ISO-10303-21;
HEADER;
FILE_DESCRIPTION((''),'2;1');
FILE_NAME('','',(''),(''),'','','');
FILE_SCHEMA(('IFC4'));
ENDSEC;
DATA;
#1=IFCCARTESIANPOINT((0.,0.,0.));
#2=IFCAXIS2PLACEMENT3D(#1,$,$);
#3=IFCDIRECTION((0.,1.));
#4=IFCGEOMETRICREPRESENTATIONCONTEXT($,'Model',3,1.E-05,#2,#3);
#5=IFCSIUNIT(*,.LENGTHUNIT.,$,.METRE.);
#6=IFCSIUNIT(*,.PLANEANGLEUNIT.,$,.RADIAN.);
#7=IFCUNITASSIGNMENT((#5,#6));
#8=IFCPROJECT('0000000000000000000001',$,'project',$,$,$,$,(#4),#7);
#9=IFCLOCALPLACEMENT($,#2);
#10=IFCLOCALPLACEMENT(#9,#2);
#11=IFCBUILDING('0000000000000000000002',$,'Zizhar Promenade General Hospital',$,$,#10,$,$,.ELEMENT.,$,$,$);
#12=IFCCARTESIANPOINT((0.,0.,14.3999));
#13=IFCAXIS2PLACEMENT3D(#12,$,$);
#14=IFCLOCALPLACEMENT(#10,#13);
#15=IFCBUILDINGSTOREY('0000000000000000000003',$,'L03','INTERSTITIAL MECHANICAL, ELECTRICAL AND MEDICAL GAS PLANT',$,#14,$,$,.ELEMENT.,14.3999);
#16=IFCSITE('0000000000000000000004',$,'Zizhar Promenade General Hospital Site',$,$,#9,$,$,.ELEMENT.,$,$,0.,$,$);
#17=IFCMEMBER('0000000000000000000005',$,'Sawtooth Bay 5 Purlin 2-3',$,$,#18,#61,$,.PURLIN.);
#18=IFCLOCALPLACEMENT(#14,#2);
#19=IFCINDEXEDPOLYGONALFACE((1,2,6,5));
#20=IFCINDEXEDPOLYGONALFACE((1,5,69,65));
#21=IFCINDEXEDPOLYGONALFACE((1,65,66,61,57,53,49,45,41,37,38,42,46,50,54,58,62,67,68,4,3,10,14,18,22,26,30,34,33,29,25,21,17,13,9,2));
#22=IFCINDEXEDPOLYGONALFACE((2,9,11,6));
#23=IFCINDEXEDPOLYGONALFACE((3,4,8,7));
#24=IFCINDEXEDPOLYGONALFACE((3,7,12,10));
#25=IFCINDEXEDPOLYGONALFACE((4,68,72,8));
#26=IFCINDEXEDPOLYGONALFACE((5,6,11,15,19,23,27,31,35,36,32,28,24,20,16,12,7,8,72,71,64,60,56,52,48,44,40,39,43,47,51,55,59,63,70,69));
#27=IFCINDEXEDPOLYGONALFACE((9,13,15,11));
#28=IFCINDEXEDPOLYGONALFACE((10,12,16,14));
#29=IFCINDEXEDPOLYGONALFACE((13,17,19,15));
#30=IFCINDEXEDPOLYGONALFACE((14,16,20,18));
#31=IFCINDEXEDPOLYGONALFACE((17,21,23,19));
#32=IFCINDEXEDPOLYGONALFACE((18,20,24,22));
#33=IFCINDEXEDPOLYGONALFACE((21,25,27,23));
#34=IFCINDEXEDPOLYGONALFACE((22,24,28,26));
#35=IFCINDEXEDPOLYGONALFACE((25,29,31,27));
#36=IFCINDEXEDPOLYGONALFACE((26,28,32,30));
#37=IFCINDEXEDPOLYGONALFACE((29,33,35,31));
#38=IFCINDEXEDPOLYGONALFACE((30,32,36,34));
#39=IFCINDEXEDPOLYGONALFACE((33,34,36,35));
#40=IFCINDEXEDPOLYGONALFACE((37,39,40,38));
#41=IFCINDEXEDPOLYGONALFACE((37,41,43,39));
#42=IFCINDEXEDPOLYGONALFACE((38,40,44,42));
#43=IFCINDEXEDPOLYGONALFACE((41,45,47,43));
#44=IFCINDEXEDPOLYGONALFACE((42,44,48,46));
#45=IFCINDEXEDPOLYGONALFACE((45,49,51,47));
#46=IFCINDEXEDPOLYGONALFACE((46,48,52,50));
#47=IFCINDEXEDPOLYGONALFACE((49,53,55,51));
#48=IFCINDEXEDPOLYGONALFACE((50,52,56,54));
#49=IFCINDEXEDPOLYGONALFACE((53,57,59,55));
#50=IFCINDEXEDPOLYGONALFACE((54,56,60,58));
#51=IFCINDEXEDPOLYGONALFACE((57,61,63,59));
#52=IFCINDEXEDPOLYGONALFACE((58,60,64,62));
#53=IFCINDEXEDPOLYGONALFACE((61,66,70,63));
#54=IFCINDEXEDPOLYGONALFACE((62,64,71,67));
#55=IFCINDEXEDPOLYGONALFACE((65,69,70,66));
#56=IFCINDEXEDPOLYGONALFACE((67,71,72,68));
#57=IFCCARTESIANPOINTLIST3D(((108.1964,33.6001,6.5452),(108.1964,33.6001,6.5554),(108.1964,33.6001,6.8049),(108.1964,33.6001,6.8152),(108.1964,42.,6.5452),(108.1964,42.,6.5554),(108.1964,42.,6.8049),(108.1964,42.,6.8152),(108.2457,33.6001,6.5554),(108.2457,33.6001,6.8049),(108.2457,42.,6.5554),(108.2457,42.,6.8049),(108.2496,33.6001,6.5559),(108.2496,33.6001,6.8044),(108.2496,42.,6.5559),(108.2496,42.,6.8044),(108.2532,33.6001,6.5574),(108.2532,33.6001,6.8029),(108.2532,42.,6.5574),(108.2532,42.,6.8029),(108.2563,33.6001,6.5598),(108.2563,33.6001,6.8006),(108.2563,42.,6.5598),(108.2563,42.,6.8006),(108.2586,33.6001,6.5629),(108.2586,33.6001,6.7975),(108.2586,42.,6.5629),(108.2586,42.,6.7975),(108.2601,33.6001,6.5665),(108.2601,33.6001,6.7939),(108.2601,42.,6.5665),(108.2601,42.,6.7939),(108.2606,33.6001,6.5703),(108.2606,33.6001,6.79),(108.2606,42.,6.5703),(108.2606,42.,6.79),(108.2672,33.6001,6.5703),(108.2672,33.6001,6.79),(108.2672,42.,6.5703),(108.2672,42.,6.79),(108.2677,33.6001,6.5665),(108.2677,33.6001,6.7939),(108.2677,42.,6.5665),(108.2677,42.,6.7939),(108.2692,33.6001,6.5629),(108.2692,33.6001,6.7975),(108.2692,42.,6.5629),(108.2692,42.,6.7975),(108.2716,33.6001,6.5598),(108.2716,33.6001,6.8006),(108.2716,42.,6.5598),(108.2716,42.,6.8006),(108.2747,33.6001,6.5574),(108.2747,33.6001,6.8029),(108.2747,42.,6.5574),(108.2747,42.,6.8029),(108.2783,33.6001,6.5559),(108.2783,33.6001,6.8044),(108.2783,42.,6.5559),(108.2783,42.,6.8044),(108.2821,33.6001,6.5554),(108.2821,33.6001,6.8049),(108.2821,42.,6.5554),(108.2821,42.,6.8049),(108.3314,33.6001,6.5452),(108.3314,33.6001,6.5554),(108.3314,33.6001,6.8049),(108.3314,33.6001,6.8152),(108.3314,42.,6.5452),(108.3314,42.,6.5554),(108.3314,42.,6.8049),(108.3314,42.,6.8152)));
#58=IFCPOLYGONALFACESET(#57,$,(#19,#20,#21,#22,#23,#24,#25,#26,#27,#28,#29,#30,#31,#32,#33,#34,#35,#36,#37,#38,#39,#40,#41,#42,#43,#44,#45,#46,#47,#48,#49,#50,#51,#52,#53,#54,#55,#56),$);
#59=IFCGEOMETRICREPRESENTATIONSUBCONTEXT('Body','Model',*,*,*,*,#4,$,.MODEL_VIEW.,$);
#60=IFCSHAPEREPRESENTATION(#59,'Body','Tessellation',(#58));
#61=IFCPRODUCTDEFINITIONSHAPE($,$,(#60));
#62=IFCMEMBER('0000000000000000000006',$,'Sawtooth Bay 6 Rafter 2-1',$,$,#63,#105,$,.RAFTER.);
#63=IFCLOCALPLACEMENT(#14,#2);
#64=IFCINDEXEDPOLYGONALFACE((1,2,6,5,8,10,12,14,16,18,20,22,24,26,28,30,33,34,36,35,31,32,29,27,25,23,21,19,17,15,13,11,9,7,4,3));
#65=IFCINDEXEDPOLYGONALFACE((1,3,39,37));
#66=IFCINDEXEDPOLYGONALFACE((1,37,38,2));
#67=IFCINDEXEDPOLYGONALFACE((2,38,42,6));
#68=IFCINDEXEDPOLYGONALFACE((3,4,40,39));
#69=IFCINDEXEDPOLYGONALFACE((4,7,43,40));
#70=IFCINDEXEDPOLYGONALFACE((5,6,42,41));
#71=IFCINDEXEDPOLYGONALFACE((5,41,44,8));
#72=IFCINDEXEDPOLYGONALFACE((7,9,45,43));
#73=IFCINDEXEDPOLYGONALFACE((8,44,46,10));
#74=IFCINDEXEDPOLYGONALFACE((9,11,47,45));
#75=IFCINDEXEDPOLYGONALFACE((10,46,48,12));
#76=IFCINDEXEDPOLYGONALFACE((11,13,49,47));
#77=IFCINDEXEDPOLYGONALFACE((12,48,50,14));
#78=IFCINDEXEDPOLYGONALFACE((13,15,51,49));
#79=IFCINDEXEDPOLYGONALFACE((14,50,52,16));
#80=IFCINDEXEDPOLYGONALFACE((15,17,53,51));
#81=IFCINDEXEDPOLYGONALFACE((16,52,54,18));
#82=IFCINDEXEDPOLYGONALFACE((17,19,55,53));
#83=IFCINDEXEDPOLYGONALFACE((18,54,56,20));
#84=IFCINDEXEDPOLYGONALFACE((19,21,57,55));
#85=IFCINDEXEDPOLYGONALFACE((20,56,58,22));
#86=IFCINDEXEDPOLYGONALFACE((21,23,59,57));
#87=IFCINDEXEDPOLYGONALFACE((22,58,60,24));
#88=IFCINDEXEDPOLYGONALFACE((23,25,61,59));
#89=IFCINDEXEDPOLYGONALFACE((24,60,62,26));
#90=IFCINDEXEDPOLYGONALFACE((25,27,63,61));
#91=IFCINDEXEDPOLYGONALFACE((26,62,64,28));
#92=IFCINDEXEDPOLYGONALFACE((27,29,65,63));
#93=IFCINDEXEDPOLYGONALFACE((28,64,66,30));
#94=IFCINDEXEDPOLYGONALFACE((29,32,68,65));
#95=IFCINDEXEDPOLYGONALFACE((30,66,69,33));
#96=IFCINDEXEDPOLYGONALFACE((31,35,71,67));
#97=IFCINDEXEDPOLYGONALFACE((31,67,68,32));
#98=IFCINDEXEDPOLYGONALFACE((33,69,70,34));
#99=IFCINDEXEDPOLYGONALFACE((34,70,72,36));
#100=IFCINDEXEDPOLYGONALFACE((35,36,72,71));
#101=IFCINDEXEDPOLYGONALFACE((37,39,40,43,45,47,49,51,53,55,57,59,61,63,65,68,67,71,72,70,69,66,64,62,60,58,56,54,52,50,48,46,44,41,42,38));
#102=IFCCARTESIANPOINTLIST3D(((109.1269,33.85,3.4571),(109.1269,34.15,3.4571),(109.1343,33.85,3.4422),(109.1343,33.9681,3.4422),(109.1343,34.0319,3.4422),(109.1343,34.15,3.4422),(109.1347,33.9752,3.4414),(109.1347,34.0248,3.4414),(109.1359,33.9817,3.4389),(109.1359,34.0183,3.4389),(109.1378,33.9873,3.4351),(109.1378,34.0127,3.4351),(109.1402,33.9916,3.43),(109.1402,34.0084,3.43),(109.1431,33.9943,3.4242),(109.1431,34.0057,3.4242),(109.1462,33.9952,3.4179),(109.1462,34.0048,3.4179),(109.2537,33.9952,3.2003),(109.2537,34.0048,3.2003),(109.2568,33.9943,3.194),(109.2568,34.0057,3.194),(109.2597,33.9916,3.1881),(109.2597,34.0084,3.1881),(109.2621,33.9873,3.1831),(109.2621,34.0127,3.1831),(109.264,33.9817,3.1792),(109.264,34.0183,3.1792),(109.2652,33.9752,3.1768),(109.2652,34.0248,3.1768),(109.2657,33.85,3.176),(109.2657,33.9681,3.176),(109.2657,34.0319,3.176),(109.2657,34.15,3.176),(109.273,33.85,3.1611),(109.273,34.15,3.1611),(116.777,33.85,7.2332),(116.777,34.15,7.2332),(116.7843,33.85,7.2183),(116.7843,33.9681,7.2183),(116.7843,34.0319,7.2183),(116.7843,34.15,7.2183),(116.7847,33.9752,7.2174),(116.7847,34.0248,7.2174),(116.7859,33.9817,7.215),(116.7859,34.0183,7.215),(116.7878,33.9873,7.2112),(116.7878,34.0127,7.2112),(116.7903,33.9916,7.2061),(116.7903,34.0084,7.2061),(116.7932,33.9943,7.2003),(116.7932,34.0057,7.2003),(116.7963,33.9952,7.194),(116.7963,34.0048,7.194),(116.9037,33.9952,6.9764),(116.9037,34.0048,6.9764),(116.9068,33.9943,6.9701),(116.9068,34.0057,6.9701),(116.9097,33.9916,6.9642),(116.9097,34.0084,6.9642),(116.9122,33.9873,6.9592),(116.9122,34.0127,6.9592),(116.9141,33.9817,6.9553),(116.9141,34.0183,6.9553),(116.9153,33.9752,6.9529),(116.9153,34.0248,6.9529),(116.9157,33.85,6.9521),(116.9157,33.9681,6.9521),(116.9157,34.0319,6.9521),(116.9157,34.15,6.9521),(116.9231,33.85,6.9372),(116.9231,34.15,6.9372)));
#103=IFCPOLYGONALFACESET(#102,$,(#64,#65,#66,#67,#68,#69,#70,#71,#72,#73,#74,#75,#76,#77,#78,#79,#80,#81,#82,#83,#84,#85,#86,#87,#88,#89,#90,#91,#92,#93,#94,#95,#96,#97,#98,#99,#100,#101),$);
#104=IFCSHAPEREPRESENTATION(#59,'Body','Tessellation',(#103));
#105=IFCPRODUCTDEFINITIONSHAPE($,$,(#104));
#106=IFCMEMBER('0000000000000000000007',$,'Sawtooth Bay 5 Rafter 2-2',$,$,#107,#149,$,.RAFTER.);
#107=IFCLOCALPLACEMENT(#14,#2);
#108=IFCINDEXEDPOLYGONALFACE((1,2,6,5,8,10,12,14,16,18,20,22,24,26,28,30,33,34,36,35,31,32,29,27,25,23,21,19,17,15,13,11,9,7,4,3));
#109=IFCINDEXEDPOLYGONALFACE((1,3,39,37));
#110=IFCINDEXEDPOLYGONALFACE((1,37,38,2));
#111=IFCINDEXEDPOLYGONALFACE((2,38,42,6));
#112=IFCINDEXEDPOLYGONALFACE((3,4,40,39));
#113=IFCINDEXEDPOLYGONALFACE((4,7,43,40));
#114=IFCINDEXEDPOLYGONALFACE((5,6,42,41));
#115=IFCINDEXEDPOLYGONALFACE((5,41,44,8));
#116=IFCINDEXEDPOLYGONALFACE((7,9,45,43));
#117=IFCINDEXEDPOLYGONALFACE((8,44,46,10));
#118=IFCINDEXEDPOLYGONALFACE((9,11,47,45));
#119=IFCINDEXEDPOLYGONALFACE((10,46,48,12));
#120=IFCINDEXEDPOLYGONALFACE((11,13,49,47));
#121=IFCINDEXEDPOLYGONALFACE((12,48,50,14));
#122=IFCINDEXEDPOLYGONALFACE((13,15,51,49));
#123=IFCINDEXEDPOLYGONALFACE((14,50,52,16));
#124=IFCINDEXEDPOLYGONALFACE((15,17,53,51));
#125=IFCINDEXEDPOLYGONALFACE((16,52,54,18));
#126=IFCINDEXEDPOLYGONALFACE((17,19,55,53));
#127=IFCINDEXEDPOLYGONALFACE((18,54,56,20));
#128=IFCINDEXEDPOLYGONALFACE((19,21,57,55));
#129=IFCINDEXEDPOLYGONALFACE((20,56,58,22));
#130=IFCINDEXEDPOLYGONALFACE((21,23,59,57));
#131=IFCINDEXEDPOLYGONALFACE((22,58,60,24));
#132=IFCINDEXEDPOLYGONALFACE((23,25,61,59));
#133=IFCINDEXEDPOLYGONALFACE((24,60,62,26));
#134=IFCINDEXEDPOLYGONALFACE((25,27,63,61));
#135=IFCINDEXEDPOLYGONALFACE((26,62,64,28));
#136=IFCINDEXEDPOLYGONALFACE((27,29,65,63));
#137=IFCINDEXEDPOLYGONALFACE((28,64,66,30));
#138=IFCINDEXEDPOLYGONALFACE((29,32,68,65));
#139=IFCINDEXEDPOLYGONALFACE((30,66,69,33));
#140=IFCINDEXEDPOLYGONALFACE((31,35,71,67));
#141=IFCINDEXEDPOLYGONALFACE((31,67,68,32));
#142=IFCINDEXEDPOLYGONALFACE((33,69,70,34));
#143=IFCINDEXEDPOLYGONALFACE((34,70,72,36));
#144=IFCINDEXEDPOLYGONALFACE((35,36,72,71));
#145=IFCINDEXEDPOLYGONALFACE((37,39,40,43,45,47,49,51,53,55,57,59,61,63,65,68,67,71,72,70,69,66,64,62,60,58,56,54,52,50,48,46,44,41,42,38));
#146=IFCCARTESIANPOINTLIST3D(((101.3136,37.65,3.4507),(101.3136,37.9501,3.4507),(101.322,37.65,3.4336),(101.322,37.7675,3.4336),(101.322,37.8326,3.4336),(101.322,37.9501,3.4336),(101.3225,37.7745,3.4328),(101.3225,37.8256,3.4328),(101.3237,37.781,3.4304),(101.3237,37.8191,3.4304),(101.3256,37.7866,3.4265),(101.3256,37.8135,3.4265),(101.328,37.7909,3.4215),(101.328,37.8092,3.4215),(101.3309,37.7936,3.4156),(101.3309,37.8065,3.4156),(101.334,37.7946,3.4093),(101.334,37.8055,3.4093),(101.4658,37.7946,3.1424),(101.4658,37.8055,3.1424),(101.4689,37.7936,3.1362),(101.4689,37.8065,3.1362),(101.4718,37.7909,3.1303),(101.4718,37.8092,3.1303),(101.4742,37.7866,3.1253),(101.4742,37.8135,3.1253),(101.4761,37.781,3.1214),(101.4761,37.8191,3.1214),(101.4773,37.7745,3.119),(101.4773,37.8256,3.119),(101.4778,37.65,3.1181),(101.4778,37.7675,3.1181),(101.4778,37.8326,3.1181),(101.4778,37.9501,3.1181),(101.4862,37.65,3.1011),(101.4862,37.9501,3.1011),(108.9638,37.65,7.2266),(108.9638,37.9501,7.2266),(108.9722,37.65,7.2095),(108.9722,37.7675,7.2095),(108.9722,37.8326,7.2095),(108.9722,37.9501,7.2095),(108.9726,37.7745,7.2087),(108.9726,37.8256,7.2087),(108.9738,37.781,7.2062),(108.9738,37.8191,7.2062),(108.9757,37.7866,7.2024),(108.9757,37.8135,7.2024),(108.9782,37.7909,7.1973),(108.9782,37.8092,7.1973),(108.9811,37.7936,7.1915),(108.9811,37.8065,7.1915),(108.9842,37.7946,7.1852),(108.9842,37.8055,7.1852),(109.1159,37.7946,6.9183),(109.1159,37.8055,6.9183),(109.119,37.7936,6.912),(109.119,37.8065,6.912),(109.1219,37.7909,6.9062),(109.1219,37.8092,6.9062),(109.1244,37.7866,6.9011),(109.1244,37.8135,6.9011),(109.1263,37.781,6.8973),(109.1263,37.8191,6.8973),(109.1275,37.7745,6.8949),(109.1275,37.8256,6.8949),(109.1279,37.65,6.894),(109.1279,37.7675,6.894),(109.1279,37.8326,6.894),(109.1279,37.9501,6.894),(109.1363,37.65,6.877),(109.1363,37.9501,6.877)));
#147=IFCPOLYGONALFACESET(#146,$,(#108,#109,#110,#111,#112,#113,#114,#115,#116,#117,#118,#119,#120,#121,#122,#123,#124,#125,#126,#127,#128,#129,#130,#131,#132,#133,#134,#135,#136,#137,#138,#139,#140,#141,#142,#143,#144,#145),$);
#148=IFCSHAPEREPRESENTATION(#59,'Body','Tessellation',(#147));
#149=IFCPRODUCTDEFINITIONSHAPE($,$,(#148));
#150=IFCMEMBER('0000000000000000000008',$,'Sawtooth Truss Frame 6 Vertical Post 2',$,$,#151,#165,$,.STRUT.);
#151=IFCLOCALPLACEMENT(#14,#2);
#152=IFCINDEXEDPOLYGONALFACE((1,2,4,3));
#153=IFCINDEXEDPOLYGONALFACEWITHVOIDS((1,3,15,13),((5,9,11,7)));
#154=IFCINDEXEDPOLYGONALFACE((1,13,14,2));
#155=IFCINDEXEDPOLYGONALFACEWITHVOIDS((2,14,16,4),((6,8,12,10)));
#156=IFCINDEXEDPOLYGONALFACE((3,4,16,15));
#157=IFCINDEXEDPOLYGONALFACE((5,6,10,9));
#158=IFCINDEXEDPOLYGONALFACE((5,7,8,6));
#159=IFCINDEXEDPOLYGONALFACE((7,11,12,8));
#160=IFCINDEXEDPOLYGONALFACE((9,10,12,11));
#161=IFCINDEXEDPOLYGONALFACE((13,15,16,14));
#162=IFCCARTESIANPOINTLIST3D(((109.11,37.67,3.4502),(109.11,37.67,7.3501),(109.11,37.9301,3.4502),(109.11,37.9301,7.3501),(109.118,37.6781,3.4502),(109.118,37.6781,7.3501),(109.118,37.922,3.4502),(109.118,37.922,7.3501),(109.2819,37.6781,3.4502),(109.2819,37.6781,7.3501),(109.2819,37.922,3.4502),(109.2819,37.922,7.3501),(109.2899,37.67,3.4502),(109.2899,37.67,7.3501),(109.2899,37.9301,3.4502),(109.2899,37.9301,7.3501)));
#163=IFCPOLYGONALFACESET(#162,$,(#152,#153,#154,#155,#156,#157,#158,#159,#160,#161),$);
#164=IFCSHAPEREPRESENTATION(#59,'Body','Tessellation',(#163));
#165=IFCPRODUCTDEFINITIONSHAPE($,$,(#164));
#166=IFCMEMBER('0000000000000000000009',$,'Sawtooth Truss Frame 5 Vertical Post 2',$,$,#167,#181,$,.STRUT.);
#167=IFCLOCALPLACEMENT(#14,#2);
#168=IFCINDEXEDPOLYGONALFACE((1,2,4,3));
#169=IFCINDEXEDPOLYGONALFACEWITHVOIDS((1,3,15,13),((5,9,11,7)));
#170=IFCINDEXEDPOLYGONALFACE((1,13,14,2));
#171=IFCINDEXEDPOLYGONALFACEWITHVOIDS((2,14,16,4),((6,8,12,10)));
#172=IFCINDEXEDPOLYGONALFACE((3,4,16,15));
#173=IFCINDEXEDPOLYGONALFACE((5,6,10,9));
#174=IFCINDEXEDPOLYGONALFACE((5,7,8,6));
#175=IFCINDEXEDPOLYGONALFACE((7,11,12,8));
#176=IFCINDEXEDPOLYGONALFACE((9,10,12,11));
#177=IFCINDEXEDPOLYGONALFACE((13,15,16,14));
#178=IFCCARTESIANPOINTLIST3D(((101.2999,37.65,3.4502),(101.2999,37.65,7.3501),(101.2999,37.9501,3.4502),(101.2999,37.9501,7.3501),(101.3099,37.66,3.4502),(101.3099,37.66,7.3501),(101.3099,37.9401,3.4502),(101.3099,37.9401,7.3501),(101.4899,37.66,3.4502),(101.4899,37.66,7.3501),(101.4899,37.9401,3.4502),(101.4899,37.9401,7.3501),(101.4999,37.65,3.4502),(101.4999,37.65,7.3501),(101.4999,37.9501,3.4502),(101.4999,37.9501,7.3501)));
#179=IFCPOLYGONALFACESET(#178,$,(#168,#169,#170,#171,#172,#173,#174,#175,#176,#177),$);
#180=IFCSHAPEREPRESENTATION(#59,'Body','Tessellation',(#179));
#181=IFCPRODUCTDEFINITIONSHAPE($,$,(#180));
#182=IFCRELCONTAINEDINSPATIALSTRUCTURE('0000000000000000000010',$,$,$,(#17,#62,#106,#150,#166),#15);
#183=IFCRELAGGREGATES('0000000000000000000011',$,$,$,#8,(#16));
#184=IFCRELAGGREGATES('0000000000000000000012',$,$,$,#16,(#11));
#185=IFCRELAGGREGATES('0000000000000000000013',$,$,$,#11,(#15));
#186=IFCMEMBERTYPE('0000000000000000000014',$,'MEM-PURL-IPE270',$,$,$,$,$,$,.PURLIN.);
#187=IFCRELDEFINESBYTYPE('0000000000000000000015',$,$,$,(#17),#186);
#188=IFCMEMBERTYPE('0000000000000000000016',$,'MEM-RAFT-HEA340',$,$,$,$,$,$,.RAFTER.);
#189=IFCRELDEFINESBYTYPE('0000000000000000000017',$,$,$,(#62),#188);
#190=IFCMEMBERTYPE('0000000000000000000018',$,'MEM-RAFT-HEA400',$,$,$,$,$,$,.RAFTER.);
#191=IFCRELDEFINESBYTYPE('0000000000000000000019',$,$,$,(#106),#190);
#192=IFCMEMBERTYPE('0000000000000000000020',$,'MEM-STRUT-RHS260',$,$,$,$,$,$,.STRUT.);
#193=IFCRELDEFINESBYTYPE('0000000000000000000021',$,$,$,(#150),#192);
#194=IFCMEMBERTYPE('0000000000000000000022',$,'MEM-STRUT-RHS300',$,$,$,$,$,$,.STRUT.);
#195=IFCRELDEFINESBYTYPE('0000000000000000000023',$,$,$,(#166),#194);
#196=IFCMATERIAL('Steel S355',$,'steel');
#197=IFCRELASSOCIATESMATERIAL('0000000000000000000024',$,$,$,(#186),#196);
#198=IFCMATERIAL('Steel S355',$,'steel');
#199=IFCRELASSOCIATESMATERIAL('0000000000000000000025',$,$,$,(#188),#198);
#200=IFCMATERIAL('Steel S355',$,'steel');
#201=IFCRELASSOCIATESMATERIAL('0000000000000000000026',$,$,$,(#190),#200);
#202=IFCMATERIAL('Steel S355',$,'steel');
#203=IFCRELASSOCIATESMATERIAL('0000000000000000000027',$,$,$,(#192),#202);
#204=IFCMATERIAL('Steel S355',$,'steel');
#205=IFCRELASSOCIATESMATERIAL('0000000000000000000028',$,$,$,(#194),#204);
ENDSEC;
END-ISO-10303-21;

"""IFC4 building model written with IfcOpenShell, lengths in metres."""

from ifc_helpers import new_model, si_unit, direction, frame, origin, origin_2d, place, context, subcontext, project, spatial, hollow_rectangle, i_section, extrude, material, material_profile, profile_set, type_object, element, save


model = new_model("IFC4")

# Units and contexts
model_context = context("Model", 3, precision=1e-05, world=origin(), true_north=direction((0.0, 1.0)))
body_context = subcontext(model_context, "Body", "Model", "MODEL_VIEW")
ifc_project = project(units=[si_unit("LENGTHUNIT", "METRE"), si_unit("PLANEANGLEUNIT", "RADIAN")], contexts=[model_context])

# Site, building, storey
site_placement = place(None, origin())
site = spatial("IfcSite", under=ifc_project, at=site_placement, Name="Zizhar Promenade General Hospital Site", CompositionType="ELEMENT", RefElevation=0.0)
building_placement = place(site_placement, origin())
building = spatial("IfcBuilding", under=site, at=building_placement, Name="Zizhar Promenade General Hospital", CompositionType="ELEMENT")
storey_placement = place(building_placement, frame((0.0, 0.0, 14.3999)))
storey = spatial("IfcBuildingStorey", under=building, at=storey_placement, Name="L03", Description="INTERSTITIAL MECHANICAL, ELECTRICAL AND MEDICAL GAS PLANT", CompositionType="ELEMENT", Elevation=14.3999)

# Members
ifc_material_1 = material(Name="Steel S355", Category="steel")
ifc_material_profile_1 = material_profile(ifc_material_1, i_section(OverallWidth=0.135, OverallDepth=0.27, WebThickness=0.0066, FlangeThickness=0.0103, FilletRadius=0.0149, at=origin_2d()))
ifc_profile_set_1 = profile_set([ifc_material_profile_1], Name="Steel S355")
member_type_1 = type_object("IfcMemberType", Name="MEM-PURL-IPE270", PredefinedType="PURLIN", material=ifc_profile_set_1)
member_1_placement = place(storey_placement, frame((108.2639, 33.6001, 6.6802), z_axis=(0.0, 1.0, 0.0), x_axis=(-1.0, 0.0, 0.0)))
element("IfcMember", 1, at=member_1_placement, inside=storey, type_object=member_type_1, Name="Sawtooth Bay 5 Purlin 2-3", PredefinedType="PURLIN", context=body_context, shape_type="SweptSolid", body=[
    extrude(i_section(OverallWidth=0.135, OverallDepth=0.27, WebThickness=0.0066, FlangeThickness=0.0103, FilletRadius=0.0149, at=origin_2d()), origin(), (0.0, 0.0, 1.0), 8.3999),
])
ifc_material_2 = material(Name="Steel S355", Category="steel")
ifc_material_profile_2 = material_profile(ifc_material_2, i_section(OverallWidth=0.3, OverallDepth=0.3301, WebThickness=0.0095, FlangeThickness=0.0166, FilletRadius=0.0271, at=origin_2d()))
ifc_profile_set_2 = profile_set([ifc_material_profile_2], Name="Steel S355")
member_type_2 = type_object("IfcMemberType", Name="MEM-RAFT-HEA340", PredefinedType="RAFTER", material=ifc_profile_set_2)
member_2_placement = place(storey_placement, frame((109.2, 34.0, 3.3091), z_axis=(0.89671, 0.0, 0.442618), x_axis=(0.0, 1.0, 0.0)))
element("IfcMember", 2, at=member_2_placement, inside=storey, type_object=member_type_2, Name="Sawtooth Bay 6 Rafter 2-1", PredefinedType="RAFTER", context=body_context, shape_type="SweptSolid", body=[
    extrude(i_section(OverallWidth=0.3, OverallDepth=0.3301, WebThickness=0.0095, FlangeThickness=0.0166, FilletRadius=0.0271, at=origin_2d()), origin(), (0.0, 0.0, 1.0), 8.5312),
])
ifc_material_3 = material(Name="Steel S355", Category="steel")
ifc_material_profile_3 = material_profile(ifc_material_3, i_section(OverallWidth=0.3, OverallDepth=0.3899, WebThickness=0.011, FlangeThickness=0.019, FilletRadius=0.0271, at=origin_2d()))
ifc_profile_set_3 = profile_set([ifc_material_profile_3], Name="Steel S355")
member_type_3 = type_object("IfcMemberType", Name="MEM-RAFT-HEA400", PredefinedType="RAFTER", material=ifc_profile_set_3)
member_3_placement = place(storey_placement, frame((101.3999, 37.8, 3.2759), z_axis=(0.896722, 0.0, 0.442595), x_axis=(0.0, 1.0, 0.0)))
element("IfcMember", 3, at=member_3_placement, inside=storey, type_object=member_type_3, Name="Sawtooth Bay 5 Rafter 2-2", PredefinedType="RAFTER", context=body_context, shape_type="SweptSolid", body=[
    extrude(i_section(OverallWidth=0.3, OverallDepth=0.3899, WebThickness=0.011, FlangeThickness=0.019, FilletRadius=0.0271, at=origin_2d()), origin(), (0.0, 0.0, 1.0), 8.5312),
])
ifc_material_4 = material(Name="Steel S355", Category="steel")
ifc_material_profile_4 = material_profile(ifc_material_4, hollow_rectangle(XDim=0.1799, YDim=0.26, WallThickness=0.0081, at=origin_2d()))
ifc_profile_set_4 = profile_set([ifc_material_profile_4], Name="Steel S355")
member_type_4 = type_object("IfcMemberType", Name="MEM-STRUT-RHS260", PredefinedType="STRUT", material=ifc_profile_set_4)
member_4_placement = place(storey_placement, frame((109.2, 37.8, 3.4502), z_axis=(0.0, 0.0, 1.0), x_axis=(1.0, 0.0, 0.0)))
element("IfcMember", 4, at=member_4_placement, inside=storey, type_object=member_type_4, Name="Sawtooth Truss Frame 6 Vertical Post 2", PredefinedType="STRUT", context=body_context, shape_type="SweptSolid", body=[
    extrude(hollow_rectangle(XDim=0.1799, YDim=0.26, WallThickness=0.0081, at=origin_2d()), origin(), (0.0, 0.0, 1.0), 3.8999),
])
ifc_material_5 = material(Name="Steel S355", Category="steel")
ifc_material_profile_5 = material_profile(ifc_material_5, hollow_rectangle(XDim=0.2, YDim=0.3, WallThickness=0.01, at=origin_2d()))
ifc_profile_set_5 = profile_set([ifc_material_profile_5], Name="Steel S355")
member_type_5 = type_object("IfcMemberType", Name="MEM-STRUT-RHS300", PredefinedType="STRUT", material=ifc_profile_set_5)
member_5_placement = place(storey_placement, frame((101.3999, 37.8, 3.4502), z_axis=(0.0, 0.0, 1.0), x_axis=(1.0, 0.0, 0.0)))
element("IfcMember", 5, at=member_5_placement, inside=storey, type_object=member_type_5, Name="Sawtooth Truss Frame 5 Vertical Post 2", PredefinedType="STRUT", context=body_context, shape_type="SweptSolid", body=[
    extrude(hollow_rectangle(XDim=0.2, YDim=0.3, WallThickness=0.01, at=origin_2d()), origin(), (0.0, 0.0, 1.0), 3.8999),
])

save(model, "model.ifc")
